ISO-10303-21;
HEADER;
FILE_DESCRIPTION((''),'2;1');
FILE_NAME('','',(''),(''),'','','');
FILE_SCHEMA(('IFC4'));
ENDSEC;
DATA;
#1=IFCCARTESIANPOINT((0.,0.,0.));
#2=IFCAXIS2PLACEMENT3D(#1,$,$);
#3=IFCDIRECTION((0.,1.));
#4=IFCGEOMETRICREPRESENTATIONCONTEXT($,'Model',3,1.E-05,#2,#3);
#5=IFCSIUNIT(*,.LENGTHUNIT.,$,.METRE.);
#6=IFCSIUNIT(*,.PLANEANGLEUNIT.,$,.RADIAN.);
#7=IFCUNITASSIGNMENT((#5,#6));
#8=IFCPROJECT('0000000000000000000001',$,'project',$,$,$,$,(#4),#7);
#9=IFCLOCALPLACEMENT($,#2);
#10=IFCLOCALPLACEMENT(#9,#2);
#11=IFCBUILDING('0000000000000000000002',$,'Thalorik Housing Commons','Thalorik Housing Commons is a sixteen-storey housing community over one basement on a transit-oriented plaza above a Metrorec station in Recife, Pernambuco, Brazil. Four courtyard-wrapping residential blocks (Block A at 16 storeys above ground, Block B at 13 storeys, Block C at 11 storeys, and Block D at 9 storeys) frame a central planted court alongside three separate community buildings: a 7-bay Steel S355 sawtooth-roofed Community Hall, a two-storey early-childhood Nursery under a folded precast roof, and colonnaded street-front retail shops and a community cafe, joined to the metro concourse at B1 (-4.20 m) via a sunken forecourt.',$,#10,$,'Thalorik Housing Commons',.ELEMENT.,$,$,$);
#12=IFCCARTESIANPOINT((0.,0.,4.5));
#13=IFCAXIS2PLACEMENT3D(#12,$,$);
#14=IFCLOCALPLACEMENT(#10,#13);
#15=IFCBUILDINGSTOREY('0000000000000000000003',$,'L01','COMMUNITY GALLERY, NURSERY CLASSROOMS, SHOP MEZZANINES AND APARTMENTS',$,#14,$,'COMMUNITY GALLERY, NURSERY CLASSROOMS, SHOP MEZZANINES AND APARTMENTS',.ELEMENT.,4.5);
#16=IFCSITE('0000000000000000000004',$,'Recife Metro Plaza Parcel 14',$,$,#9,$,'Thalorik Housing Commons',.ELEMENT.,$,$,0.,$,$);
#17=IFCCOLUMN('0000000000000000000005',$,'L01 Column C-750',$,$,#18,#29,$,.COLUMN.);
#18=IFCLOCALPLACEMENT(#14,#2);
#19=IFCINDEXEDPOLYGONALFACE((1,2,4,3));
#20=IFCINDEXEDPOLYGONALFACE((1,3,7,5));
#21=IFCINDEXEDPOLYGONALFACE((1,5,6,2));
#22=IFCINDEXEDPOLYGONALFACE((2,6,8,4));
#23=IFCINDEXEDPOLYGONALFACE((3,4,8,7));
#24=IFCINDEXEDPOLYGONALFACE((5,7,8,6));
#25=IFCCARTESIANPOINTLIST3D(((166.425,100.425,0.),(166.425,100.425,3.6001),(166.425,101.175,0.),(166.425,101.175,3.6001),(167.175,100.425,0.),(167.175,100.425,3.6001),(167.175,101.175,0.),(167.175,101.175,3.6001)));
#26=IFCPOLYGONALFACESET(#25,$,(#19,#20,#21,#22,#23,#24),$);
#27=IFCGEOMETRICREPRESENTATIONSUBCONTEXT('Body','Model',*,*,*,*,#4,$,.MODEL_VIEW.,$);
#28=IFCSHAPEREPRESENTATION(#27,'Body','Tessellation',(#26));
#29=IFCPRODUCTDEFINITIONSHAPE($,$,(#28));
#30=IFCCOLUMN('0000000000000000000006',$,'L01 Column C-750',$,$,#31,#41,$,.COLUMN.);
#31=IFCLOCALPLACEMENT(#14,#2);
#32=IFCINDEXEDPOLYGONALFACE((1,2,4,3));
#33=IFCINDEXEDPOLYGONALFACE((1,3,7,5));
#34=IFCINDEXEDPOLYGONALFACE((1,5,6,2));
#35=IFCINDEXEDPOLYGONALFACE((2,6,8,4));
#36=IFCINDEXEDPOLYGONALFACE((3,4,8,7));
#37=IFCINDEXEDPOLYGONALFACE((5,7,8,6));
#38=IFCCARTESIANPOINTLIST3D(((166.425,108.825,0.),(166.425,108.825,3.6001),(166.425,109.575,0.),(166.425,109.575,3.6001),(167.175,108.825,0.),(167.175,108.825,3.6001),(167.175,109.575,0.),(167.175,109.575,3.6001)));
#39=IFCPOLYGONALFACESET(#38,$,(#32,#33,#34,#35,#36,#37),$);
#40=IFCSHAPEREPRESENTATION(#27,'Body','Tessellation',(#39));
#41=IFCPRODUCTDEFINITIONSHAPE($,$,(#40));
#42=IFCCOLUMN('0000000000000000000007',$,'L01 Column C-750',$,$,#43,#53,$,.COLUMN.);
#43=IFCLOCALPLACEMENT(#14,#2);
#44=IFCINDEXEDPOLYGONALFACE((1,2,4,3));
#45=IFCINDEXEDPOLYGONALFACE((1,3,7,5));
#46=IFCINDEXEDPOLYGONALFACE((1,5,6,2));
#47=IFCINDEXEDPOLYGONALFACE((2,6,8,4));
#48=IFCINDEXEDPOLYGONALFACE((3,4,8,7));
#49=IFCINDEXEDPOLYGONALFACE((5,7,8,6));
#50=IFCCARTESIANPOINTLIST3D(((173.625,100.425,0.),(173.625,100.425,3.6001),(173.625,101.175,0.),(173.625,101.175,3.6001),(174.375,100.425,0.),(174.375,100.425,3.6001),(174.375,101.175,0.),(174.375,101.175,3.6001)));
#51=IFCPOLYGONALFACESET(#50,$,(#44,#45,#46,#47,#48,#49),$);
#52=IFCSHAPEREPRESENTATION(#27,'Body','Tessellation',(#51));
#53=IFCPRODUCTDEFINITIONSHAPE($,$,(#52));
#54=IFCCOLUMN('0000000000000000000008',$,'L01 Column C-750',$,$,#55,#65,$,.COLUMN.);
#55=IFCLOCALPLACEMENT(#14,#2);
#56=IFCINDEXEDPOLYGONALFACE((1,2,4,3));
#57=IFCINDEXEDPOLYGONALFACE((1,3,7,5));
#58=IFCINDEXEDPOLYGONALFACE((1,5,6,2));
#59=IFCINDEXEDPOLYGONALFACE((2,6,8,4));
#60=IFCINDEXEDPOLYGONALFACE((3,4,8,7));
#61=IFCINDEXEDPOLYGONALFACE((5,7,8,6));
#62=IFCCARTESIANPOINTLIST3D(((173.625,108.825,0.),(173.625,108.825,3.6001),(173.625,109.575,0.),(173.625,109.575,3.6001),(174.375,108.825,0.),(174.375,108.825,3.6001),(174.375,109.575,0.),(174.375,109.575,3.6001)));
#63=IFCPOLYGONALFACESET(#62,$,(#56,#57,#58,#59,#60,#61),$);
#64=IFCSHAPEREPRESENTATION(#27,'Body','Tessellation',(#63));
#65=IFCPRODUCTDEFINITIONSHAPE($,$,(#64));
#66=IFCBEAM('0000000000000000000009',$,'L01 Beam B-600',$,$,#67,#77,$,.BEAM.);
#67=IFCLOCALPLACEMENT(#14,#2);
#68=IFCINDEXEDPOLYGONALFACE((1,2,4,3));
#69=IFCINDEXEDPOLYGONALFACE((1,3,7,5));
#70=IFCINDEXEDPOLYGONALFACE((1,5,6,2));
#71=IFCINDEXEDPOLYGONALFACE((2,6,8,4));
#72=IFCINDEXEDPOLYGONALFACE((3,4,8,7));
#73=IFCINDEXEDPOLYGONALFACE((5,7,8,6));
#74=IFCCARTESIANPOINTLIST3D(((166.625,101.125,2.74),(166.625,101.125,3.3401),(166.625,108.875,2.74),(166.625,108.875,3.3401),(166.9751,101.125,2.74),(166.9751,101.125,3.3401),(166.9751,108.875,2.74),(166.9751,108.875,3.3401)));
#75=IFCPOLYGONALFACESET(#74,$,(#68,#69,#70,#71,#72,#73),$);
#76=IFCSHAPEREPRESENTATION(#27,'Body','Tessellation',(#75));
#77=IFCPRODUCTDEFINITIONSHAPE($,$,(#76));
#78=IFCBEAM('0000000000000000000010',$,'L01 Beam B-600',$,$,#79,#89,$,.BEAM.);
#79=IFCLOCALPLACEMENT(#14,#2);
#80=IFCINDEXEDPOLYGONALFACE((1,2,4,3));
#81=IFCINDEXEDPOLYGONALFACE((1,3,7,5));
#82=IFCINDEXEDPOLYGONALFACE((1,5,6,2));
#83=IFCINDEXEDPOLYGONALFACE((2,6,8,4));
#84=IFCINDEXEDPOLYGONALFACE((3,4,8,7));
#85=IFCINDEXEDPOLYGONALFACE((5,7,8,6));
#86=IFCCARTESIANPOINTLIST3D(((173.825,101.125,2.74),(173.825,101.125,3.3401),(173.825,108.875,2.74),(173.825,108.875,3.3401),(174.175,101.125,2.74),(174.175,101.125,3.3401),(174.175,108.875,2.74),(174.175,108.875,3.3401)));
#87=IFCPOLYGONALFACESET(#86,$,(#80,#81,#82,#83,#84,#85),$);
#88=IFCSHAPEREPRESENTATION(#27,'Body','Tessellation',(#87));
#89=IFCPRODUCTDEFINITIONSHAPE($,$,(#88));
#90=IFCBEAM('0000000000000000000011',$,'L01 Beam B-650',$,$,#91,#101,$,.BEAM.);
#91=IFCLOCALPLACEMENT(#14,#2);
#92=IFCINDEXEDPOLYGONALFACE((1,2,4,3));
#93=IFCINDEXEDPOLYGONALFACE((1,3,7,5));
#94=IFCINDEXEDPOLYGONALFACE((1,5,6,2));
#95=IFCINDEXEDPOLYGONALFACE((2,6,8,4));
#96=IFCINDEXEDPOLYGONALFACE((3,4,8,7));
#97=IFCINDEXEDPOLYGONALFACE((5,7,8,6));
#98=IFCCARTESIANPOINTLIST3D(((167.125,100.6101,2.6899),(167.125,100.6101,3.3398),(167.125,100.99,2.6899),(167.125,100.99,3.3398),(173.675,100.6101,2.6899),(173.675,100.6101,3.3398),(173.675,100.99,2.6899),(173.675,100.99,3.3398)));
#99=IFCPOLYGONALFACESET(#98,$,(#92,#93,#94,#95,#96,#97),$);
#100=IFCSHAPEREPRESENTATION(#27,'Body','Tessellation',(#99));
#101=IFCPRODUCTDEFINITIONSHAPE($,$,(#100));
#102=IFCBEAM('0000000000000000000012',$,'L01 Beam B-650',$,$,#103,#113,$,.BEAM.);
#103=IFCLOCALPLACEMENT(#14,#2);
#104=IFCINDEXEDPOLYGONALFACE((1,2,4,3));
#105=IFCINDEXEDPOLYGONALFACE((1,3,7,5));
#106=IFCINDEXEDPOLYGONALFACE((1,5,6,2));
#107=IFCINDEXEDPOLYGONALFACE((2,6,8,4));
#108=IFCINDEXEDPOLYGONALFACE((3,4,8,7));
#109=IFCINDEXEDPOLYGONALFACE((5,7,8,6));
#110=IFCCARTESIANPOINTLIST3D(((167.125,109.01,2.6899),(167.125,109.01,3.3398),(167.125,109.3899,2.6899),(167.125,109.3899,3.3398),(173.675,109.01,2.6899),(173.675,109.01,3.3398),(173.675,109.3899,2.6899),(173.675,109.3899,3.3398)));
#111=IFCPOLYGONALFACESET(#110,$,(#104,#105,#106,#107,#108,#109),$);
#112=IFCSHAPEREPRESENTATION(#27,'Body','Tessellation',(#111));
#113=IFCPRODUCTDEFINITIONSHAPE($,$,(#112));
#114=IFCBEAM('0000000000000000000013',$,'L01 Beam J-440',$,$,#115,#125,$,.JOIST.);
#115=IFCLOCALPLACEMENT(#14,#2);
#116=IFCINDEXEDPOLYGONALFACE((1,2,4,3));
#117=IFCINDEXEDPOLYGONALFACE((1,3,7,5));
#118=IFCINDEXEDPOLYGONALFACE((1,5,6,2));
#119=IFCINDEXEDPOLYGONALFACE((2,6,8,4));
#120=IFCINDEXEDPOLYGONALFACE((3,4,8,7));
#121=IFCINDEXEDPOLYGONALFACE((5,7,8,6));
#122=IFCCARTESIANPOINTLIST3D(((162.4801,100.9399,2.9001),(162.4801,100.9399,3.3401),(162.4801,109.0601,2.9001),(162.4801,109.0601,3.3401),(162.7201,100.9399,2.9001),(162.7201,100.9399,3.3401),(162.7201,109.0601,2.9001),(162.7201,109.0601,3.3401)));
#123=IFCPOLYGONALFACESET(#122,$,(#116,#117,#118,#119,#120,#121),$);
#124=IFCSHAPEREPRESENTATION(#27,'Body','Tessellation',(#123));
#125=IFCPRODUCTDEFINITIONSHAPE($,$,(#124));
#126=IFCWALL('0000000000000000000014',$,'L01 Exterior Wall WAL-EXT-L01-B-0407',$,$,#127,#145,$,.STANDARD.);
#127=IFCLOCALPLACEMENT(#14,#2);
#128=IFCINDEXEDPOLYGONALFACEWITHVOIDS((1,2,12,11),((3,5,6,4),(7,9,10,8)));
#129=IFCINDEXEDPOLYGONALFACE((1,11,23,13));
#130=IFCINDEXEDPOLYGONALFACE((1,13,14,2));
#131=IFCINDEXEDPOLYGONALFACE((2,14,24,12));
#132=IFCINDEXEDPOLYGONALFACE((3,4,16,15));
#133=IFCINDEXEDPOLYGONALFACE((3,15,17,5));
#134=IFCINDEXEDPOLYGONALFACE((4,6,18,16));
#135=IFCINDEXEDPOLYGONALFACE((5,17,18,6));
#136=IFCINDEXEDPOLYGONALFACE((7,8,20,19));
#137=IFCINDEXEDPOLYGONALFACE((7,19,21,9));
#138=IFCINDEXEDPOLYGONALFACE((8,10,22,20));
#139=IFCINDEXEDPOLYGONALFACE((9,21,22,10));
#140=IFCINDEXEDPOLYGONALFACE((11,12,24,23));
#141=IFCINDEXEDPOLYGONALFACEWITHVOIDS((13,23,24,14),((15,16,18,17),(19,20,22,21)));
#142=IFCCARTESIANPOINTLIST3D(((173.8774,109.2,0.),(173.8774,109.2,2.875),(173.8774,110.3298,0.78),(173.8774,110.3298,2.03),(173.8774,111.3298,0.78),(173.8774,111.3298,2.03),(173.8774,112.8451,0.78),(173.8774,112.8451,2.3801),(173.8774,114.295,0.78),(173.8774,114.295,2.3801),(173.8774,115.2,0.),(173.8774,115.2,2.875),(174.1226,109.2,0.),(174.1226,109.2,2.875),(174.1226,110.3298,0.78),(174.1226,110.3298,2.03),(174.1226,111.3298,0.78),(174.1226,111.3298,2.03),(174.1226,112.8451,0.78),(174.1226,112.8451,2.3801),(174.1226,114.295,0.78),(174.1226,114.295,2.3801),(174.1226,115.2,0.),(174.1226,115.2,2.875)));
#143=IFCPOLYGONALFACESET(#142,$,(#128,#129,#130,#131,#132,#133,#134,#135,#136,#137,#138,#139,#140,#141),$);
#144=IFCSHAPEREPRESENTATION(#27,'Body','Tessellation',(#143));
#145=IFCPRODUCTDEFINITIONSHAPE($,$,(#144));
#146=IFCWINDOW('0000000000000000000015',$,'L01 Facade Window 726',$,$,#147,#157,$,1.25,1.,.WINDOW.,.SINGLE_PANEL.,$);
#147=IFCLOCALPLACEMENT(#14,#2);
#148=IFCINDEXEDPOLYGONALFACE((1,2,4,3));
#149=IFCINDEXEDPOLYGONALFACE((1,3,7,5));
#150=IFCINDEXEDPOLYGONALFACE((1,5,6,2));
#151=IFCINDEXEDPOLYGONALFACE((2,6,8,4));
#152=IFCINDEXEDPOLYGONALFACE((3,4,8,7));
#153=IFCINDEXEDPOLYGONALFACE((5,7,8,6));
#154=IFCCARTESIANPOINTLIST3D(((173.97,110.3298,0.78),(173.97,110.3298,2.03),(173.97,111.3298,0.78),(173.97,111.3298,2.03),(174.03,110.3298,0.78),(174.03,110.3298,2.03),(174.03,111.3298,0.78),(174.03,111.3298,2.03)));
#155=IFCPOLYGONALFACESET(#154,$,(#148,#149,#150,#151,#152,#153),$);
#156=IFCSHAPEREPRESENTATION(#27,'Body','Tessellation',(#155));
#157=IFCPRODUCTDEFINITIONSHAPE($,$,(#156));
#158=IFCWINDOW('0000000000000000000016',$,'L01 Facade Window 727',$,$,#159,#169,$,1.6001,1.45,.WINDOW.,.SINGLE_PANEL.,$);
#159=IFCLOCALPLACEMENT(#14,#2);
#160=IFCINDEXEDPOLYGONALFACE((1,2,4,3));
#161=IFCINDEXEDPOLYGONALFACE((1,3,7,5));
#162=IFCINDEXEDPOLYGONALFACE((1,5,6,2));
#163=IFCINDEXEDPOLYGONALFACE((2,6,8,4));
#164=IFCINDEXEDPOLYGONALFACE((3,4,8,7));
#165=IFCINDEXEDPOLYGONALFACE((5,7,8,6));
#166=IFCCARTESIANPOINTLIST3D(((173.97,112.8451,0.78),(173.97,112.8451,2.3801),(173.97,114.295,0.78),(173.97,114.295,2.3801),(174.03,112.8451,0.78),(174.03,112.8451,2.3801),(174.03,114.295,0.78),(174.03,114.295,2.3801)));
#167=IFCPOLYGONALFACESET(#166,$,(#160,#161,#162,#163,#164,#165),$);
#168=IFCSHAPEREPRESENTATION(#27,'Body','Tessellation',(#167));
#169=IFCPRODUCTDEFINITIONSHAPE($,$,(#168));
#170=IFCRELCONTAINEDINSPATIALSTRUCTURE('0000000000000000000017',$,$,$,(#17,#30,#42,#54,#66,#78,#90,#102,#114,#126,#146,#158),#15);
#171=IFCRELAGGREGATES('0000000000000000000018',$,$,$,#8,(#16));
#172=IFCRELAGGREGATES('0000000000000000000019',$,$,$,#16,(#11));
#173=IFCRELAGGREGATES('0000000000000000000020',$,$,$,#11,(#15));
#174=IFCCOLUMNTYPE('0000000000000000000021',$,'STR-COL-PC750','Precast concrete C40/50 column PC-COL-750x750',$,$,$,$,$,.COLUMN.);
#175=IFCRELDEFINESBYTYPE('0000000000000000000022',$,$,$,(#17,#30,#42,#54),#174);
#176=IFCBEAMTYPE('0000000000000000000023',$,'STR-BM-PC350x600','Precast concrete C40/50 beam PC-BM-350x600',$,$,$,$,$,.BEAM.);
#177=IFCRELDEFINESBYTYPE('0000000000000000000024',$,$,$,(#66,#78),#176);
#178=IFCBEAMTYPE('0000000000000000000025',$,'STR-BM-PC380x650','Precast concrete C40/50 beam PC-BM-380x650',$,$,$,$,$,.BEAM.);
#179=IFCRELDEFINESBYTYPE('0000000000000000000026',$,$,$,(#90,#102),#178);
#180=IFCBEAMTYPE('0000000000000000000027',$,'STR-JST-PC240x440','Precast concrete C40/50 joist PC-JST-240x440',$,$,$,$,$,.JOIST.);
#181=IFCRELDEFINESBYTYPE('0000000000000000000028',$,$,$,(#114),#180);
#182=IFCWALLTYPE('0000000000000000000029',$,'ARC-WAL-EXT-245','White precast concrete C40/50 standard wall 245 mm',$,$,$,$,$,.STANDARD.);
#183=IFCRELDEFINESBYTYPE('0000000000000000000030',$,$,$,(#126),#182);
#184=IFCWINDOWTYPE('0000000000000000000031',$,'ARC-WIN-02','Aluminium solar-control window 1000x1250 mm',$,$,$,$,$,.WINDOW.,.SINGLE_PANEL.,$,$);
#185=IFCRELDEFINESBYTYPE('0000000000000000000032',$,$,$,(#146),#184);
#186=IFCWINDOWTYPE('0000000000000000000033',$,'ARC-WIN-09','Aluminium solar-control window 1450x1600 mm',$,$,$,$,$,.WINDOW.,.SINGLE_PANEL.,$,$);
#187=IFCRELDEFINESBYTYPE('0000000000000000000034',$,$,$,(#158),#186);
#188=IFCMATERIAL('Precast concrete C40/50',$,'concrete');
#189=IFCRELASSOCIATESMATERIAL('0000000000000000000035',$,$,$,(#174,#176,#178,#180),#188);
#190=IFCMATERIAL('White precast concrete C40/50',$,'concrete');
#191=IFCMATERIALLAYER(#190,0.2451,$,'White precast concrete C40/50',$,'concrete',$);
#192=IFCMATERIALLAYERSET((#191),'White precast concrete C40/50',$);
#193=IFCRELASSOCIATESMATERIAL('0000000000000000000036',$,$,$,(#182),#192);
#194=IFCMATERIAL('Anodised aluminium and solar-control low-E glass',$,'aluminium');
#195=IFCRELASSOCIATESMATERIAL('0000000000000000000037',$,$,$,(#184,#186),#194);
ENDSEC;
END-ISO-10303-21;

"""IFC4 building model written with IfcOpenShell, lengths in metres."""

from ifc_helpers import new_model, si_unit, direction, frame, frame_2d, origin, origin_2d, place, context, subcontext, project, spatial, rectangle, extrude, material, layer, layer_set, material_profile, profile_set, type_object, element, fill, save


model = new_model("IFC4")

# Units and contexts
model_context = context("Model", 3, precision=1e-05, world=origin(), true_north=direction((0.0, 1.0)))
body_context = subcontext(model_context, "Body", "Model", "MODEL_VIEW")
ifc_project = project(units=[si_unit("LENGTHUNIT", "METRE"), si_unit("PLANEANGLEUNIT", "RADIAN")], contexts=[model_context])

# Site, building, storey
site_placement = place(None, origin())
site = spatial("IfcSite", under=ifc_project, at=site_placement, Name="Recife Metro Plaza Parcel 14", LongName="Thalorik Housing Commons", CompositionType="ELEMENT", RefElevation=0.0)
building_placement = place(site_placement, origin())
building = spatial("IfcBuilding", under=site, at=building_placement, Name="Thalorik Housing Commons", Description="Thalorik Housing Commons is a sixteen-storey housing community over one basement on a transit-oriented plaza above a Metrorec station in Recife, Pernambuco, Brazil. Four courtyard-wrapping residential blocks (Block A at 16 storeys above ground, Block B at 13 storeys, Block C at 11 storeys, and Block D at 9 storeys) frame a central planted court alongside three separate community buildings: a 7-bay Steel S355 sawtooth-roofed Community Hall, a two-storey early-childhood Nursery under a folded precast roof, and colonnaded street-front retail shops and a community cafe, joined to the metro concourse at B1 (-4.20 m) via a sunken forecourt.", LongName="Thalorik Housing Commons", CompositionType="ELEMENT")
storey_placement = place(building_placement, frame((0.0, 0.0, 4.5)))
storey = spatial("IfcBuildingStorey", under=building, at=storey_placement, Name="L01", Description="COMMUNITY GALLERY, NURSERY CLASSROOMS, SHOP MEZZANINES AND APARTMENTS", LongName="COMMUNITY GALLERY, NURSERY CLASSROOMS, SHOP MEZZANINES AND APARTMENTS", CompositionType="ELEMENT", Elevation=4.5)

# Columns
ifc_material_1 = material(Name="Precast concrete C40/50", Category="concrete")
ifc_material_profile_1 = material_profile(ifc_material_1, rectangle(XDim=0.75, YDim=0.75, at=origin_2d()), Name="PC 750x750", Category="concrete")
ifc_profile_set_1 = profile_set([ifc_material_profile_1], Name="Precast concrete C40/50")
column_type = type_object("IfcColumnType", Name="STR-COL-PC750", Description="Precast concrete C40/50 column PC-COL-750x750", PredefinedType="COLUMN", material=ifc_profile_set_1)
for number, where, z_axis, x_axis, name in (
    (1, (166.8, 100.8, 0.0), (0.0, 0.0, 1.0), (1.0, 0.0, 0.0), "L01 Column C-750"),
    (2, (166.8, 109.2, 0.0), (0.0, 0.0, 1.0), (1.0, 0.0, 0.0), "L01 Column C-750"),
    (3, (174.0, 100.8, 0.0), (0.0, 0.0, 1.0), (1.0, 0.0, 0.0), "L01 Column C-750"),
    (4, (174.0, 109.2, 0.0), (0.0, 0.0, 1.0), (1.0, 0.0, 0.0), "L01 Column C-750"),
):
    element("IfcColumn", number, at=place(storey_placement, frame(where, z_axis=z_axis, x_axis=x_axis)), inside=storey, type_object=column_type, Name=name, PredefinedType="COLUMN", context=body_context, shape_type="SweptSolid", body=[
        extrude(rectangle(XDim=0.75, YDim=0.75, at=origin_2d()), origin(), (0.0, 0.0, 1.0), 3.6001),
    ])

# Beams
ifc_material_profile_2 = material_profile(ifc_material_1, rectangle(XDim=0.3501, YDim=0.6001, at=origin_2d()), Name="PC 350x600", Category="concrete")
ifc_profile_set_2 = profile_set([ifc_material_profile_2], Name="Precast concrete C40/50")
beam_type_1 = type_object("IfcBeamType", Name="STR-BM-PC350x600", Description="Precast concrete C40/50 beam PC-BM-350x600", PredefinedType="BEAM", material=ifc_profile_set_2)
for number, where, z_axis, x_axis, name in (
    (5, (166.8, 101.125, 3.04), (0.0, 1.0, 0.0), (-1.0, 0.0, 0.0), "L01 Beam B-600"),
    (6, (174.0, 101.125, 3.04), (0.0, 1.0, 0.0), (-1.0, 0.0, 0.0), "L01 Beam B-600"),
):
    element("IfcBeam", number, at=place(storey_placement, frame(where, z_axis=z_axis, x_axis=x_axis)), inside=storey, type_object=beam_type_1, Name=name, PredefinedType="BEAM", context=body_context, shape_type="SweptSolid", body=[
        extrude(rectangle(XDim=0.3501, YDim=0.6001, at=origin_2d()), origin(), (0.0, 0.0, 1.0), 7.75),
    ])
ifc_material_profile_3 = material_profile(ifc_material_1, rectangle(XDim=0.3799, YDim=0.6499, at=origin_2d()), Name="PC 380x650", Category="concrete")
ifc_profile_set_3 = profile_set([ifc_material_profile_3], Name="Precast concrete C40/50")
beam_type_2 = type_object("IfcBeamType", Name="STR-BM-PC380x650", Description="Precast concrete C40/50 beam PC-BM-380x650", PredefinedType="BEAM", material=ifc_profile_set_3)
for number, where, z_axis, x_axis, name in (
    (7, (167.125, 100.8, 3.0149), (1.0, 0.0, 0.0), (0.0, 1.0, 0.0), "L01 Beam B-650"),
    (8, (167.125, 109.2, 3.0149), (1.0, 0.0, 0.0), (0.0, 1.0, 0.0), "L01 Beam B-650"),
):
    element("IfcBeam", number, at=place(storey_placement, frame(where, z_axis=z_axis, x_axis=x_axis)), inside=storey, type_object=beam_type_2, Name=name, PredefinedType="BEAM", context=body_context, shape_type="SweptSolid", body=[
        extrude(rectangle(XDim=0.3799, YDim=0.6499, at=origin_2d()), origin(), (0.0, 0.0, 1.0), 6.55),
    ])
ifc_material_profile_4 = material_profile(ifc_material_1, rectangle(XDim=0.24, YDim=0.4399, at=origin_2d()), Name="PC JST 240x440", Category="concrete")
ifc_profile_set_4 = profile_set([ifc_material_profile_4], Name="Precast concrete C40/50")
beam_type_3 = type_object("IfcBeamType", Name="STR-JST-PC240x440", Description="Precast concrete C40/50 joist PC-JST-240x440", PredefinedType="JOIST", material=ifc_profile_set_4)
beam_placement = place(storey_placement, frame((162.6001, 100.9399, 3.1201), z_axis=(0.0, 1.0, 0.0), x_axis=(-1.0, 0.0, 0.0)))
element("IfcBeam", 9, at=beam_placement, inside=storey, type_object=beam_type_3, Name="L01 Beam J-440", PredefinedType="JOIST", context=body_context, shape_type="SweptSolid", body=[
    extrude(rectangle(XDim=0.24, YDim=0.4399, at=origin_2d()), origin(), (0.0, 0.0, 1.0), 8.1201),
])

# Wall, openings, windows
ifc_material_2 = material(Name="White precast concrete C40/50", Category="concrete")
ifc_layer_1 = layer(ifc_material_2, 0.2451, Name="White precast concrete C40/50", Category="concrete")
ifc_layer_set_1 = layer_set([ifc_layer_1], Name="White precast concrete C40/50")
wall_type_1 = type_object("IfcWallType", Name="ARC-WAL-EXT-245", Description="White precast concrete C40/50 standard wall 245 mm", PredefinedType="STANDARD", material=ifc_layer_set_1)
wall_1_placement = place(storey_placement, frame((174.0, 109.2, 0.0), z_axis=(0.0, 0.0, 1.0), x_axis=(0.0, 1.0, 0.0)))
wall_1 = element("IfcWall", 10, at=wall_1_placement, inside=storey, type_object=wall_type_1, Name="L01 Exterior Wall WAL-EXT-L01-B-0407", PredefinedType="STANDARD", context=body_context, shape_type="SweptSolid", body=[
    extrude(rectangle(XDim=6.0, YDim=0.2451, at=frame_2d((3.0, 0.0))), origin(), (0.0, 0.0, 1.0), 2.875),
])
opening_1_placement = place(wall_1_placement, frame((1.1299, 0.0, 0.78)))
opening_1 = element("IfcOpeningElement", 11, at=opening_1_placement, cuts=wall_1, PredefinedType="OPENING", context=body_context, shape_type="SweptSolid", body=[
    extrude(rectangle(XDim=1.0, YDim=1.25, at=frame_2d((0.5, 0.625))), frame((0.0, 0.1326, 0.0), z_axis=(0.0, -1.0, 0.0), x_axis=(1.0, 0.0, 0.0)), (0.0, 0.0, 1.0), 0.2651),
])
opening_2_placement = place(wall_1_placement, frame((3.645, 0.0, 0.78)))
opening_2 = element("IfcOpeningElement", 12, at=opening_2_placement, cuts=wall_1, PredefinedType="OPENING", context=body_context, shape_type="SweptSolid", body=[
    extrude(rectangle(XDim=1.45, YDim=1.6001, at=frame_2d((0.7251, 0.8))), frame((0.0, 0.1326, 0.0), z_axis=(0.0, -1.0, 0.0), x_axis=(1.0, 0.0, 0.0)), (0.0, 0.0, 1.0), 0.2651),
])
ifc_material_3 = material(Name="Anodised aluminium and solar-control low-E glass", Category="aluminium")
window_type_1 = type_object("IfcWindowType", Name="ARC-WIN-02", Description="Aluminium solar-control window 1000x1250 mm", PartitioningType="SINGLE_PANEL", PredefinedType="WINDOW", material=ifc_material_3)
window_1_placement = place(opening_1_placement, origin())
window_1 = element("IfcWindow", 13, at=window_1_placement, inside=storey, type_object=window_type_1, Name="L01 Facade Window 726", OverallHeight=1.25, OverallWidth=1.0, PartitioningType="SINGLE_PANEL", PredefinedType="WINDOW", context=body_context, shape_type="SweptSolid", body=[
    extrude(rectangle(XDim=1.0, YDim=1.25, at=frame_2d((0.5, 0.625))), frame((0.0, 0.03, 0.0), z_axis=(0.0, -1.0, 0.0), x_axis=(1.0, 0.0, 0.0)), (0.0, 0.0, 1.0), 0.0601),
])
fill(opening_1, window_1)
window_type_2 = type_object("IfcWindowType", Name="ARC-WIN-09", Description="Aluminium solar-control window 1450x1600 mm", PartitioningType="SINGLE_PANEL", PredefinedType="WINDOW", material=ifc_material_3)
window_2_placement = place(opening_2_placement, origin())
window_2 = element("IfcWindow", 14, at=window_2_placement, inside=storey, type_object=window_type_2, Name="L01 Facade Window 727", OverallHeight=1.6001, OverallWidth=1.45, PartitioningType="SINGLE_PANEL", PredefinedType="WINDOW", context=body_context, shape_type="SweptSolid", body=[
    extrude(rectangle(XDim=1.45, YDim=1.6001, at=frame_2d((0.7251, 0.8))), frame((0.0, 0.03, 0.0), z_axis=(0.0, -1.0, 0.0), x_axis=(1.0, 0.0, 0.0)), (0.0, 0.0, 1.0), 0.0601),
])
fill(opening_2, window_2)

save(model, "model.ifc")
